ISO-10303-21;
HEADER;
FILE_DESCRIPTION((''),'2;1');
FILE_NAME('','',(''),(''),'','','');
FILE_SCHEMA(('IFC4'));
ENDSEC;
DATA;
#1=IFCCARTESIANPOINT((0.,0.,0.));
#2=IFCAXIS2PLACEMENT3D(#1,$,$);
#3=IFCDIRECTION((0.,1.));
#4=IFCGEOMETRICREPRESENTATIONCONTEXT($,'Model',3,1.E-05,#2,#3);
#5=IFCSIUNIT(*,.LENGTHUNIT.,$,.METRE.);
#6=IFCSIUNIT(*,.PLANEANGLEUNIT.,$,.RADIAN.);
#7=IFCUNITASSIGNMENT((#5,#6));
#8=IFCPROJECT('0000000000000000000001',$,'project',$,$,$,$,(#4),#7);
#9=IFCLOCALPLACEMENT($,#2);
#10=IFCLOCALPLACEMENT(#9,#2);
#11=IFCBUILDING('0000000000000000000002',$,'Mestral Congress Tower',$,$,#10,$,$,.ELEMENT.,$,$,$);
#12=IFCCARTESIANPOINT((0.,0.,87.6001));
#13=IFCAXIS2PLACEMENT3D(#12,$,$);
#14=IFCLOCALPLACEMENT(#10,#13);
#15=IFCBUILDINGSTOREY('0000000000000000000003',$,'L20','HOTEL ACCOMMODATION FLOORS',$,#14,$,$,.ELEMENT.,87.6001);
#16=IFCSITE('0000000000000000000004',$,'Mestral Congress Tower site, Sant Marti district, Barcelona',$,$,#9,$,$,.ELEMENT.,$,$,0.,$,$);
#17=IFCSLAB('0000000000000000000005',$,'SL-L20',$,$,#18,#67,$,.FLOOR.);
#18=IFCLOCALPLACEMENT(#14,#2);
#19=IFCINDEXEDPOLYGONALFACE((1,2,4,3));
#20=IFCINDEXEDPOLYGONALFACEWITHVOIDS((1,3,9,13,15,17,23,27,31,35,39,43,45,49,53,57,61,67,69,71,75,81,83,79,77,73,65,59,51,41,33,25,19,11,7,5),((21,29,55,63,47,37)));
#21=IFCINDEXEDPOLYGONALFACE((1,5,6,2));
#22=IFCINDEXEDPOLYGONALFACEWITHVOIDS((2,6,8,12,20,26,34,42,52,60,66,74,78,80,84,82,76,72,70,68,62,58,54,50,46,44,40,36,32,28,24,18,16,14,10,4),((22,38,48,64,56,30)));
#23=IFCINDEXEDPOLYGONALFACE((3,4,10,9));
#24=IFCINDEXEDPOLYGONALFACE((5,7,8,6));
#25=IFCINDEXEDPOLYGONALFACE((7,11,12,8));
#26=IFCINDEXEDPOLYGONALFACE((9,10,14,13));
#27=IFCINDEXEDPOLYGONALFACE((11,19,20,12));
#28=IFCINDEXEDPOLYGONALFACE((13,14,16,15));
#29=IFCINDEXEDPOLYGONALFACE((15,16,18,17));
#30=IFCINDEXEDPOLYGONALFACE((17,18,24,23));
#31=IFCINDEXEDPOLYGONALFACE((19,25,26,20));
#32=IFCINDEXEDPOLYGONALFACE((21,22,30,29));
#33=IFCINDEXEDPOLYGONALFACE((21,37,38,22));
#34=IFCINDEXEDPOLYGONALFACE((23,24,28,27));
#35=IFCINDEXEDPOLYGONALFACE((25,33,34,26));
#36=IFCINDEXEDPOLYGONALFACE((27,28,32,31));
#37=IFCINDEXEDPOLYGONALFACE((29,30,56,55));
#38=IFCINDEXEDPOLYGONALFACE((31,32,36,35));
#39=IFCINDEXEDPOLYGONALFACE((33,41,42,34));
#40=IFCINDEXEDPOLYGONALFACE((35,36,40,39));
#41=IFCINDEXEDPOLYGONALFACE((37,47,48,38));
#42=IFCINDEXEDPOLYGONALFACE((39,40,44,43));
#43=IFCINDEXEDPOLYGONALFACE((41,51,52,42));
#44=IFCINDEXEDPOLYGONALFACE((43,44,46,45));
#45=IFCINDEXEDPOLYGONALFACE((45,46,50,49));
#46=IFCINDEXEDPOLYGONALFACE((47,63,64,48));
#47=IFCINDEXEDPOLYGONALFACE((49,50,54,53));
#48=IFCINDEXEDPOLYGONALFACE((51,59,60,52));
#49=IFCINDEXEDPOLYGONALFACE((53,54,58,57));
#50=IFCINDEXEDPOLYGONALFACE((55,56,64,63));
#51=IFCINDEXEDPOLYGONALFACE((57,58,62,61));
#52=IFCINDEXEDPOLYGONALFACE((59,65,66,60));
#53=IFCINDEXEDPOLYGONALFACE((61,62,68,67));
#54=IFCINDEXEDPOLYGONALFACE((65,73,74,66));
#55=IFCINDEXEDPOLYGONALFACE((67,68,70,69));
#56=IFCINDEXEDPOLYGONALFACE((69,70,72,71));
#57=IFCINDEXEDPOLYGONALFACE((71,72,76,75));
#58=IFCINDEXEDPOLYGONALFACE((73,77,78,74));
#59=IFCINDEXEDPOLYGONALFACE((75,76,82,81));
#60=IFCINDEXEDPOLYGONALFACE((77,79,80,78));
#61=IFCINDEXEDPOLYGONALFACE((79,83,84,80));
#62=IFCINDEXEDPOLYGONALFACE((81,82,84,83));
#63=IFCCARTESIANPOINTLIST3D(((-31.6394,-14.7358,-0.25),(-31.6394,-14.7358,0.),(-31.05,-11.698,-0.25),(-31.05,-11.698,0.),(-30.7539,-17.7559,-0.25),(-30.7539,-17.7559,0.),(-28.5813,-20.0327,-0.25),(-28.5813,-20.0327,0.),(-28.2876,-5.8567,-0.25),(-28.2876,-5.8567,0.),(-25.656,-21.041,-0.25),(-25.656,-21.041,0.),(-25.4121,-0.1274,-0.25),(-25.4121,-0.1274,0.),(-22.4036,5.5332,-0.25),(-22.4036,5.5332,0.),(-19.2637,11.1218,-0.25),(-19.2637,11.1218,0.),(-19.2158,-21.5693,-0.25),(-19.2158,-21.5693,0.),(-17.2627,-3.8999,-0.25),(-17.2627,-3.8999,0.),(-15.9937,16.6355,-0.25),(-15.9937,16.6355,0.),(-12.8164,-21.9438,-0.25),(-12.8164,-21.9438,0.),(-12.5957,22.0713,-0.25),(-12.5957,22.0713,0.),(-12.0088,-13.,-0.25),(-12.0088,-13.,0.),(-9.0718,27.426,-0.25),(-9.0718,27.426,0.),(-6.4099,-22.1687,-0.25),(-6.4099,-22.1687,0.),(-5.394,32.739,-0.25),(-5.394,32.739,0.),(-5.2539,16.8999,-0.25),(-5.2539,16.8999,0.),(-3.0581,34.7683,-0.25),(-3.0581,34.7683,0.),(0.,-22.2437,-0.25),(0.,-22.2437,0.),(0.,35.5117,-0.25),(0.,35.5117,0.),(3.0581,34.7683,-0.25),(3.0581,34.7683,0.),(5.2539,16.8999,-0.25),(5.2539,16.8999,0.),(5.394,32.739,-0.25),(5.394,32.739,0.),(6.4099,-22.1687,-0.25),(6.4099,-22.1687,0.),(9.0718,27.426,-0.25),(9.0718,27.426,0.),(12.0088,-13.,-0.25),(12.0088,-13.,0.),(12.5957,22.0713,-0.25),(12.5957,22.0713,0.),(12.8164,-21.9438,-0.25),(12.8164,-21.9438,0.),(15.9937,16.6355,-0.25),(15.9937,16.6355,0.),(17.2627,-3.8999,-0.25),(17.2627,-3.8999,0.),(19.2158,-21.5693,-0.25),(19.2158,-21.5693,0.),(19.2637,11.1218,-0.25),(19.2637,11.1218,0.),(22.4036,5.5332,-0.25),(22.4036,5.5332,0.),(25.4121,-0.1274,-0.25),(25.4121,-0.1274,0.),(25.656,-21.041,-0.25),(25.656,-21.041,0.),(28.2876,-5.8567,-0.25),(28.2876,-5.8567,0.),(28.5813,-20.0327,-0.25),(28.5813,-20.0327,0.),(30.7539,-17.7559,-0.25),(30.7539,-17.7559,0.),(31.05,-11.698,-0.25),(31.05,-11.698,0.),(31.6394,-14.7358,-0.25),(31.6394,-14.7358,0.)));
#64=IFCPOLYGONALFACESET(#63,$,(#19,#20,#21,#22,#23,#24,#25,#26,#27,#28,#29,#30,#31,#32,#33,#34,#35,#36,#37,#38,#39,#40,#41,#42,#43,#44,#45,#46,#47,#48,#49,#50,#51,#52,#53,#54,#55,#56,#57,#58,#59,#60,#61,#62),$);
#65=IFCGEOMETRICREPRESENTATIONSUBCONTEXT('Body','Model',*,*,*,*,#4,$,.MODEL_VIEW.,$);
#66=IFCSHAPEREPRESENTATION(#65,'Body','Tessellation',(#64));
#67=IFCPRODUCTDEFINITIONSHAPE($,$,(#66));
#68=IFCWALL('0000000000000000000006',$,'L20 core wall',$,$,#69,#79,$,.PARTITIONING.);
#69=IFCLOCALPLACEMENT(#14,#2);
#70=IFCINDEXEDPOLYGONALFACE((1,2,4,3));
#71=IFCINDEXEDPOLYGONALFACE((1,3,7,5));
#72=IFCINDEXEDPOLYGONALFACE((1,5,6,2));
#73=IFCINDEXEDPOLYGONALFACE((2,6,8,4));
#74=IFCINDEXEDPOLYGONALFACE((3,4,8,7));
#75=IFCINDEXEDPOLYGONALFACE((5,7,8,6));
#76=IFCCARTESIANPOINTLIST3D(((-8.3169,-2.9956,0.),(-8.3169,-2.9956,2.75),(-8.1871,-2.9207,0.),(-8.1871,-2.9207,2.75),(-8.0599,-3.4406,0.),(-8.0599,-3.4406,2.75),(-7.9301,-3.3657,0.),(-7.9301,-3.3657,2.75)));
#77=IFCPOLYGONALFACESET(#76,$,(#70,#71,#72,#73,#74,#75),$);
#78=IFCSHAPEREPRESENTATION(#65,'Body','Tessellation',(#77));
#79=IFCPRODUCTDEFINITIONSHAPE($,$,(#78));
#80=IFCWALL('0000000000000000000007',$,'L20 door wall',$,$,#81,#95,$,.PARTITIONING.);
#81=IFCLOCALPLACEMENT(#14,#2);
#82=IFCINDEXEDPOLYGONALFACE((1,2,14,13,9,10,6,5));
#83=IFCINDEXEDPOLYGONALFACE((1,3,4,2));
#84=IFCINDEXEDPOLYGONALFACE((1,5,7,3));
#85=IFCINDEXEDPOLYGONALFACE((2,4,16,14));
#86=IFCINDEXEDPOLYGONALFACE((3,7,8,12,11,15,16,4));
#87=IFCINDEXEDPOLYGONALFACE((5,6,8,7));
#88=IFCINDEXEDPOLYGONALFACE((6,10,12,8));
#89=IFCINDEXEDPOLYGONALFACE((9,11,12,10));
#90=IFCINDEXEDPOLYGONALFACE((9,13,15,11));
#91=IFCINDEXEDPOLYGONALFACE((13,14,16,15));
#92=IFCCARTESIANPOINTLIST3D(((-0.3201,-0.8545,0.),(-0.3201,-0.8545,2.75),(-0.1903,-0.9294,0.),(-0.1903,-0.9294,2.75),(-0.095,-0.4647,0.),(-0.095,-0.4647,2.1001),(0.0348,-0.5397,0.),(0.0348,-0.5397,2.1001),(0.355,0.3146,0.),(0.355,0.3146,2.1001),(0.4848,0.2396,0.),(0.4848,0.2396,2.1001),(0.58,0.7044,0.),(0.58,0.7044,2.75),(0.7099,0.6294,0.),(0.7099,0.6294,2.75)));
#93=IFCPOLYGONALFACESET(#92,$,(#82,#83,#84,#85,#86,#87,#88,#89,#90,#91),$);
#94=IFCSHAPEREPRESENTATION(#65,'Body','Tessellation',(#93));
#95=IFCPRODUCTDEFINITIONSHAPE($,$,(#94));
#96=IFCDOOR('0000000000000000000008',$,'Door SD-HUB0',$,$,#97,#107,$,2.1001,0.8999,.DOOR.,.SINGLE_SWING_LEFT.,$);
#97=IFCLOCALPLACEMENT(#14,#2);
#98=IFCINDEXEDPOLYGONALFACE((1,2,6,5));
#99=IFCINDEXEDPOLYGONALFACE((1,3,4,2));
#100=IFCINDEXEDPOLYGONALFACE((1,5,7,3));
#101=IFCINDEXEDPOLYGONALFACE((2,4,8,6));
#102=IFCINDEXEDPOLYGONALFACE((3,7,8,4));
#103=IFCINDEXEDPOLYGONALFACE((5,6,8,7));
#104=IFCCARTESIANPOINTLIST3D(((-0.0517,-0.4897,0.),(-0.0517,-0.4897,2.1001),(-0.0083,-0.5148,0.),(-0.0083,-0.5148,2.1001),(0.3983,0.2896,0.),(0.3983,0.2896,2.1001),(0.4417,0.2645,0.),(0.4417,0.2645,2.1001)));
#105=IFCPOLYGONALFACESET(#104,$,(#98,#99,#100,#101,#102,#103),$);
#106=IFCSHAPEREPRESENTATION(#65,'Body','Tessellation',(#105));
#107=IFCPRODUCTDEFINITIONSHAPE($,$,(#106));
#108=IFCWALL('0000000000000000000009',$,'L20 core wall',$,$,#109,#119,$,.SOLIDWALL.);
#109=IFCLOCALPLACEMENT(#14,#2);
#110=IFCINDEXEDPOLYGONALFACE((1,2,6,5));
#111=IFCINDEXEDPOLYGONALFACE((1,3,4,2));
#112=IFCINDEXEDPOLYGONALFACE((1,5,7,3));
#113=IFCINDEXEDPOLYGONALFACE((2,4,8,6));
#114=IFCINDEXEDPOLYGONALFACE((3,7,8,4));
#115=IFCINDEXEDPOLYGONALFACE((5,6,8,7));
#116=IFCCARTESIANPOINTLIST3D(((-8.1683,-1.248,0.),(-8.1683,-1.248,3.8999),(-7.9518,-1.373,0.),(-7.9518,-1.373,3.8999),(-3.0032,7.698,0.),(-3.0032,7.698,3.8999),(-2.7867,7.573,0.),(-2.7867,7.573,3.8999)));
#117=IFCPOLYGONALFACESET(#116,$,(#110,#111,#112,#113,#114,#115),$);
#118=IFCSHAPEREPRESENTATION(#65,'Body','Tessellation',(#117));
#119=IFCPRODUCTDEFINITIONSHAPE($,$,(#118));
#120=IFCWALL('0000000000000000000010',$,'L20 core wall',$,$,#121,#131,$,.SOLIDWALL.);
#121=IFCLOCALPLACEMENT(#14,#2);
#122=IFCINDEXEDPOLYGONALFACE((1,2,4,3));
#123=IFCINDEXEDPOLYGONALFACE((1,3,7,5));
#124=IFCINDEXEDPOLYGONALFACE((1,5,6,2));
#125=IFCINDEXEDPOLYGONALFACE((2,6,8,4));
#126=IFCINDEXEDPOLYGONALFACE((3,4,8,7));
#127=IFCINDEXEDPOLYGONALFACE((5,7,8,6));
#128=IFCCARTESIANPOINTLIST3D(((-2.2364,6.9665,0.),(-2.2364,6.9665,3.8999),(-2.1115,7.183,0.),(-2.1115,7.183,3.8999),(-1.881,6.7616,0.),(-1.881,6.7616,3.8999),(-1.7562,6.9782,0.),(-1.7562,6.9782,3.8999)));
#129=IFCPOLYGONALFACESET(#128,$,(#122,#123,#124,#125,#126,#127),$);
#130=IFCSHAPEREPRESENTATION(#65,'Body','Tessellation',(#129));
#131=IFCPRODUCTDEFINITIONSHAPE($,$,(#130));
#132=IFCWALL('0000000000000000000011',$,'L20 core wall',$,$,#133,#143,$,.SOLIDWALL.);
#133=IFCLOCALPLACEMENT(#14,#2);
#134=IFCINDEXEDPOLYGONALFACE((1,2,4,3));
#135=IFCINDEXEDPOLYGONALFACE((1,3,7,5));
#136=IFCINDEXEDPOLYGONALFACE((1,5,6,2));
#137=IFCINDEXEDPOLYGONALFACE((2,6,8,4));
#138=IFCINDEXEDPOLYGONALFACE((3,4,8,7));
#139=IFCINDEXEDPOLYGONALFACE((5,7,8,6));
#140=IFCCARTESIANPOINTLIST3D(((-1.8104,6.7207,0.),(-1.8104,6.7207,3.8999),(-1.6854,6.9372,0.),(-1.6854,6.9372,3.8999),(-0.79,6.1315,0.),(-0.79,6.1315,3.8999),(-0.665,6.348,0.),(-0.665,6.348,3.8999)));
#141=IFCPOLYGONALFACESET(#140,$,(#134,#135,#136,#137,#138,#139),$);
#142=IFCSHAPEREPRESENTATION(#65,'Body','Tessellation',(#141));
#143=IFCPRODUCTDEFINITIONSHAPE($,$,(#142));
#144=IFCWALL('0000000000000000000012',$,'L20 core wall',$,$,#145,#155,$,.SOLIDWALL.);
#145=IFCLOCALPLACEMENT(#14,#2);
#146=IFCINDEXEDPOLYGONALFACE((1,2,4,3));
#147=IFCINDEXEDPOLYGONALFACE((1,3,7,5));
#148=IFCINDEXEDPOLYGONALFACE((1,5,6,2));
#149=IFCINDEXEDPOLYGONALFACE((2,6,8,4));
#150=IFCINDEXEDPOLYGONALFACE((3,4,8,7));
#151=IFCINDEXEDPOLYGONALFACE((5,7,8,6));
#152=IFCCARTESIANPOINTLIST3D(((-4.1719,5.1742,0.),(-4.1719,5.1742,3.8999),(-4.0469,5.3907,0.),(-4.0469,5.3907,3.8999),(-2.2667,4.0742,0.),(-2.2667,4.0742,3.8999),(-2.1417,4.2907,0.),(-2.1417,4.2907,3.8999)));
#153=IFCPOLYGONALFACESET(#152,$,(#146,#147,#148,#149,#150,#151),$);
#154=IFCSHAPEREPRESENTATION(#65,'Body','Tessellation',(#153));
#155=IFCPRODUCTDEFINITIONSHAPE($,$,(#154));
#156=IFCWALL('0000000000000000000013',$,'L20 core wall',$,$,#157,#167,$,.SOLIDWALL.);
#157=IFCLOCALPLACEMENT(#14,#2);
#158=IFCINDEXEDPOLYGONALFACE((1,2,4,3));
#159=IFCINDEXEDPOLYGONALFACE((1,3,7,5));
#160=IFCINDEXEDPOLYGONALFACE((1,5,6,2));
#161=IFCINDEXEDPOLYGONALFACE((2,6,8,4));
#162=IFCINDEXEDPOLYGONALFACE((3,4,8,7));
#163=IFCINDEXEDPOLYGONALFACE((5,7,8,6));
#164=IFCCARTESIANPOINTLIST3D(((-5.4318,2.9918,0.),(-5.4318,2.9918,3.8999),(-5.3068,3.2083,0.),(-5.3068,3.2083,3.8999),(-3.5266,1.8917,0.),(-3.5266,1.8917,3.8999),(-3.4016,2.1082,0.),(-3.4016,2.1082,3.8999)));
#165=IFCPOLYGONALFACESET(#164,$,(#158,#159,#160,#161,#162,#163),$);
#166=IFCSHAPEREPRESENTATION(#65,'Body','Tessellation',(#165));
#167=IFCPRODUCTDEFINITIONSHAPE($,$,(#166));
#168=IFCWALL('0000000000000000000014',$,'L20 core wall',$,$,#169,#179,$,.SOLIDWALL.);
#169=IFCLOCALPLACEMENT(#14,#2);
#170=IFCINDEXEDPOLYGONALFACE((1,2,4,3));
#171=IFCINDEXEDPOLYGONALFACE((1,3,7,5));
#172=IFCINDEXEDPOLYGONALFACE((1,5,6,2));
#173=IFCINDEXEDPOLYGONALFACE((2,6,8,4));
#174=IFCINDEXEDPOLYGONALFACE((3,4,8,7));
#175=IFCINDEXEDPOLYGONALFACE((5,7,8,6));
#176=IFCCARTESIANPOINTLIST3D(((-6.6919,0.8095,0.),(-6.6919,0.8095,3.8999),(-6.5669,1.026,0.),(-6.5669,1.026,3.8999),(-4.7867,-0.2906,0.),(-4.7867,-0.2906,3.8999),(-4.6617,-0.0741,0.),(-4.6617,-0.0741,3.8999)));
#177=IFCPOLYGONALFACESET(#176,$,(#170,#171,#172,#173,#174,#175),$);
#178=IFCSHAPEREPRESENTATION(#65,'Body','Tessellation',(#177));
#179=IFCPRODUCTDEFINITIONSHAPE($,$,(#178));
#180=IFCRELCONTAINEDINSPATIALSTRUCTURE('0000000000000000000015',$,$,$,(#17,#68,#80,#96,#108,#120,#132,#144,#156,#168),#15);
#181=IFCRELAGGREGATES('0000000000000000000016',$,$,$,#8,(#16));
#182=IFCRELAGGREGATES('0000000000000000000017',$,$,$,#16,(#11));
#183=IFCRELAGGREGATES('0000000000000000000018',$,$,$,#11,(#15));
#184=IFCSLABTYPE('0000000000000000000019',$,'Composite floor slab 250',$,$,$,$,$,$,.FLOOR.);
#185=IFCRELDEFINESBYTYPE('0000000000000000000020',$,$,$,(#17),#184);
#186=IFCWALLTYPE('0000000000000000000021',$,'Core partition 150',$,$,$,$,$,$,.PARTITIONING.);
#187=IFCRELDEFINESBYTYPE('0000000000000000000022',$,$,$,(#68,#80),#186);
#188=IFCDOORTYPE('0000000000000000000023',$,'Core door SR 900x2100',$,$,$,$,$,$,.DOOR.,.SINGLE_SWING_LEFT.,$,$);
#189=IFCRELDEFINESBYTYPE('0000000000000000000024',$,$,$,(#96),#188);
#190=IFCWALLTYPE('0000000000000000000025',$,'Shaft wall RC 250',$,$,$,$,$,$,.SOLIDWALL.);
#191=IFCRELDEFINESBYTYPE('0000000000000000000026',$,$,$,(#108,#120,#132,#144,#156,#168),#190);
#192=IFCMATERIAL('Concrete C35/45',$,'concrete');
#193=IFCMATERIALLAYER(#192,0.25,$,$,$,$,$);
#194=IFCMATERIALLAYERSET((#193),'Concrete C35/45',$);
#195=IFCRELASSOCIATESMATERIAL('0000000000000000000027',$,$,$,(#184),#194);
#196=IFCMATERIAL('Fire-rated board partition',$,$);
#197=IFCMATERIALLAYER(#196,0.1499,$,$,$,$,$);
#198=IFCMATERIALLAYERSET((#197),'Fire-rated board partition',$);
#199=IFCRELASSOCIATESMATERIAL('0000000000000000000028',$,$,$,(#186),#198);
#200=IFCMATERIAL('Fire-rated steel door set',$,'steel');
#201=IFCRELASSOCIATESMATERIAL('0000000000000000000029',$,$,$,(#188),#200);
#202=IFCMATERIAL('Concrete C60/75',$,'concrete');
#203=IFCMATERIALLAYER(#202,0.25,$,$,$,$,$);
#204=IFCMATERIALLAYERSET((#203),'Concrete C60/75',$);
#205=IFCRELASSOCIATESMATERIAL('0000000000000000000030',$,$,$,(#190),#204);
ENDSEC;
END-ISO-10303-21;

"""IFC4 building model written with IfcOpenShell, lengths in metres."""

from ifc_helpers import new_model, si_unit, direction, frame, frame_2d, origin, place, context, subcontext, project, spatial, polyline, rectangle, outline, extrude, material, layer, layer_set, type_object, element, fill, save


model = new_model("IFC4")

# Units and contexts
model_context = context("Model", 3, precision=1e-05, world=origin(), true_north=direction((0.0, 1.0)))
body_context = subcontext(model_context, "Body", "Model", "MODEL_VIEW")
ifc_project = project(units=[si_unit("LENGTHUNIT", "METRE"), si_unit("PLANEANGLEUNIT", "RADIAN")], contexts=[model_context])

# Site, building, storey
site_placement = place(None, origin())
site = spatial("IfcSite", under=ifc_project, at=site_placement, Name="Mestral Congress Tower site, Sant Marti district, Barcelona", CompositionType="ELEMENT", RefElevation=0.0)
building_placement = place(site_placement, origin())
building = spatial("IfcBuilding", under=site, at=building_placement, Name="Mestral Congress Tower", CompositionType="ELEMENT")
storey_placement = place(building_placement, frame((0.0, 0.0, 87.6001)))
storey = spatial("IfcBuildingStorey", under=building, at=storey_placement, Name="L20", Description="HOTEL ACCOMMODATION FLOORS", CompositionType="ELEMENT", Elevation=87.6001)

# Slab
ifc_material_1 = material(Name="Concrete C35/45", Category="concrete")
ifc_layer_1 = layer(ifc_material_1, 0.25)
ifc_layer_set_1 = layer_set([ifc_layer_1], Name="Concrete C35/45")
slab_type = type_object("IfcSlabType", Name="Composite floor slab 250", PredefinedType="FLOOR", material=ifc_layer_set_1)
slab_placement = place(storey_placement, frame((0.0, 0.0, -0.25)))
element("IfcSlab", 1, at=slab_placement, inside=storey, type_object=slab_type, Name="SL-L20", PredefinedType="FLOOR", context=body_context, shape_type="SweptSolid", body=[
    extrude(outline(polyline([(-25.656, -21.041), (-28.5813, -20.0327), (-30.7539, -17.7559), (-31.6394, -14.7358), (-31.05, -11.698), (-28.2876, -5.8567), (-25.4121, -0.1274), (-22.4036, 5.5332), (-19.2637, 11.1218), (-15.9937, 16.6355), (-12.5957, 22.0713), (-9.0718, 27.426), (-5.394, 32.739), (-3.0581, 34.7683), (0.0, 35.5117), (3.0581, 34.7683), (5.394, 32.739), (9.0718, 27.426), (12.5957, 22.0713), (15.9937, 16.6355), (19.2637, 11.1218), (22.4036, 5.5332), (25.4121, -0.1274), (28.2876, -5.8567), (31.05, -11.698), (31.6394, -14.7358), (30.7539, -17.7559), (28.5813, -20.0327), (25.656, -21.041), (19.2158, -21.5693), (12.8164, -21.9438), (6.4099, -22.1687), (0.0, -22.2437), (-6.4099, -22.1687), (-12.8164, -21.9438), (-19.2158, -21.5693), (-25.656, -21.041)]), holes=[polyline([(-5.2539, 16.8999), (-17.2627, -3.8999), (-12.0088, -13.0), (12.0088, -13.0), (17.2627, -3.8999), (5.2539, 16.8999), (-5.2539, 16.8999)])]), origin(), (0.0, 0.0, 1.0), 0.25),
])

# Wall
ifc_material_2 = material(Name="Fire-rated board partition")
ifc_layer_2 = layer(ifc_material_2, 0.1499)
ifc_layer_set_2 = layer_set([ifc_layer_2], Name="Fire-rated board partition")
wall_type_1 = type_object("IfcWallType", Name="Core partition 150", PredefinedType="PARTITIONING", material=ifc_layer_set_2)
wall_1_placement = place(storey_placement, frame((-8.252, -2.9583, 0.0), z_axis=(0.0, 0.0, 1.0), x_axis=(0.500175, -0.865925, 0.0)))
element("IfcWall", 2, at=wall_1_placement, inside=storey, type_object=wall_type_1, Name="L20 core wall", PredefinedType="PARTITIONING", context=body_context, shape_type="SweptSolid", body=[
    extrude(rectangle(XDim=0.5139, YDim=0.1499, at=frame_2d((0.2568, 0.0))), origin(), (0.0, 0.0, 1.0), 2.75),
])

# Wall, opening, door
wall_2_placement = place(storey_placement, frame((-0.2551, -0.8918, 0.0), z_axis=(0.0, 0.0, 1.0), x_axis=(0.500063, 0.865989, 0.0)))
wall_2 = element("IfcWall", 3, at=wall_2_placement, inside=storey, type_object=wall_type_1, Name="L20 door wall", PredefinedType="PARTITIONING", context=body_context, shape_type="SweptSolid", body=[
    extrude(rectangle(XDim=1.8, YDim=0.1499, at=frame_2d((0.8999, 0.0))), origin(), (0.0, 0.0, 1.0), 2.75),
])
opening_1_placement = place(wall_2_placement, frame((0.45, 0.0, 0.0)))
opening_1 = element("IfcOpeningElement", 4, at=opening_1_placement, cuts=wall_2, PredefinedType="OPENING", context=body_context, shape_type="SweptSolid", body=[
    extrude(rectangle(XDim=0.8999, YDim=2.1001, at=frame_2d((0.45, 1.05))), frame((0.0, 0.085, 0.0), z_axis=(0.0, -1.0, 0.0), x_axis=(1.0, 0.0, 0.0)), (0.0, 0.0, 1.0), 0.1699),
])
ifc_material_3 = material(Name="Fire-rated steel door set", Category="steel")
door_type_1 = type_object("IfcDoorType", Name="Core door SR 900x2100", OperationType="SINGLE_SWING_LEFT", PredefinedType="DOOR", material=ifc_material_3)
door_1_placement = place(opening_1_placement, origin())
door_1 = element("IfcDoor", 5, at=door_1_placement, inside=storey, type_object=door_type_1, Name="Door SD-HUB0", OperationType="SINGLE_SWING_LEFT", OverallHeight=2.1001, OverallWidth=0.8999, PredefinedType="DOOR", context=body_context, shape_type="SweptSolid", body=[
    extrude(rectangle(XDim=0.8999, YDim=2.1001, at=frame_2d((0.45, 1.05))), frame((0.0, 0.0249, 0.0), z_axis=(0.0, -1.0, 0.0), x_axis=(1.0, 0.0, 0.0)), (0.0, 0.0, 1.0), 0.05),
])
fill(opening_1, door_1)

# Walls
ifc_material_4 = material(Name="Concrete C60/75", Category="concrete")
ifc_layer_3 = layer(ifc_material_4, 0.25)
ifc_layer_set_3 = layer_set([ifc_layer_3], Name="Concrete C60/75")
wall_type_2 = type_object("IfcWallType", Name="Shaft wall RC 250", PredefinedType="SOLIDWALL", material=ifc_layer_set_3)
wall_3_placement = place(storey_placement, frame((-8.0601, -1.3105, 0.0), z_axis=(0.0, 0.0, 1.0), x_axis=(0.500003, 0.866024, 0.0)))
element("IfcWall", 6, at=wall_3_placement, inside=storey, type_object=wall_type_2, Name="L20 core wall", PredefinedType="SOLIDWALL", context=body_context, shape_type="SweptSolid", body=[
    extrude(rectangle(XDim=10.3301, YDim=0.25, at=frame_2d((5.165, 0.0))), origin(), (0.0, 0.0, 1.0), 3.8999),
])
wall_4_placement = place(storey_placement, frame((-1.8186, 6.8699, 0.0), z_axis=(0.0, 0.0, 1.0), x_axis=(-0.866295, 0.499533, 0.0)))
element("IfcWall", 7, at=wall_4_placement, inside=storey, type_object=wall_type_2, Name="L20 core wall", PredefinedType="SOLIDWALL", context=body_context, shape_type="SweptSolid", body=[
    extrude(rectangle(XDim=0.4102, YDim=0.25, at=frame_2d((0.2051, 0.0))), origin(), (0.0, 0.0, 1.0), 3.8999),
])
wall_5_placement = place(storey_placement, frame((-0.7275, 6.2397, 0.0), z_axis=(0.0, 0.0, 1.0), x_axis=(-0.866003, 0.500039, 0.0)))
element("IfcWall", 8, at=wall_5_placement, inside=storey, type_object=wall_type_2, Name="L20 core wall", PredefinedType="SOLIDWALL", context=body_context, shape_type="SweptSolid", body=[
    extrude(rectangle(XDim=1.1782, YDim=0.25, at=frame_2d((0.5891, 0.0))), origin(), (0.0, 0.0, 1.0), 3.8999),
])
for number, where, z_axis, x_axis, name in (
    (9, (-2.2041, 4.1824, 0.0), (0.0, 0.0, 1.0), (-0.866008, 0.50003, 0.0), "L20 core wall"),
    (10, (-5.3694, 3.1001, 0.0), (0.0, 0.0, 1.0), (0.866008, -0.50003, 0.0), "L20 core wall"),
    (11, (-4.7241, -0.1824, 0.0), (0.0, 0.0, 1.0), (-0.866008, 0.50003, 0.0), "L20 core wall"),
):
    element("IfcWall", number, at=place(storey_placement, frame(where, z_axis=z_axis, x_axis=x_axis)), inside=storey, type_object=wall_type_2, Name=name, PredefinedType="SOLIDWALL", context=body_context, shape_type="SweptSolid", body=[
        extrude(rectangle(XDim=2.2, YDim=0.25, at=frame_2d((1.1001, 0.0))), origin(), (0.0, 0.0, 1.0), 3.8999),
    ])

save(model, "model.ifc")
